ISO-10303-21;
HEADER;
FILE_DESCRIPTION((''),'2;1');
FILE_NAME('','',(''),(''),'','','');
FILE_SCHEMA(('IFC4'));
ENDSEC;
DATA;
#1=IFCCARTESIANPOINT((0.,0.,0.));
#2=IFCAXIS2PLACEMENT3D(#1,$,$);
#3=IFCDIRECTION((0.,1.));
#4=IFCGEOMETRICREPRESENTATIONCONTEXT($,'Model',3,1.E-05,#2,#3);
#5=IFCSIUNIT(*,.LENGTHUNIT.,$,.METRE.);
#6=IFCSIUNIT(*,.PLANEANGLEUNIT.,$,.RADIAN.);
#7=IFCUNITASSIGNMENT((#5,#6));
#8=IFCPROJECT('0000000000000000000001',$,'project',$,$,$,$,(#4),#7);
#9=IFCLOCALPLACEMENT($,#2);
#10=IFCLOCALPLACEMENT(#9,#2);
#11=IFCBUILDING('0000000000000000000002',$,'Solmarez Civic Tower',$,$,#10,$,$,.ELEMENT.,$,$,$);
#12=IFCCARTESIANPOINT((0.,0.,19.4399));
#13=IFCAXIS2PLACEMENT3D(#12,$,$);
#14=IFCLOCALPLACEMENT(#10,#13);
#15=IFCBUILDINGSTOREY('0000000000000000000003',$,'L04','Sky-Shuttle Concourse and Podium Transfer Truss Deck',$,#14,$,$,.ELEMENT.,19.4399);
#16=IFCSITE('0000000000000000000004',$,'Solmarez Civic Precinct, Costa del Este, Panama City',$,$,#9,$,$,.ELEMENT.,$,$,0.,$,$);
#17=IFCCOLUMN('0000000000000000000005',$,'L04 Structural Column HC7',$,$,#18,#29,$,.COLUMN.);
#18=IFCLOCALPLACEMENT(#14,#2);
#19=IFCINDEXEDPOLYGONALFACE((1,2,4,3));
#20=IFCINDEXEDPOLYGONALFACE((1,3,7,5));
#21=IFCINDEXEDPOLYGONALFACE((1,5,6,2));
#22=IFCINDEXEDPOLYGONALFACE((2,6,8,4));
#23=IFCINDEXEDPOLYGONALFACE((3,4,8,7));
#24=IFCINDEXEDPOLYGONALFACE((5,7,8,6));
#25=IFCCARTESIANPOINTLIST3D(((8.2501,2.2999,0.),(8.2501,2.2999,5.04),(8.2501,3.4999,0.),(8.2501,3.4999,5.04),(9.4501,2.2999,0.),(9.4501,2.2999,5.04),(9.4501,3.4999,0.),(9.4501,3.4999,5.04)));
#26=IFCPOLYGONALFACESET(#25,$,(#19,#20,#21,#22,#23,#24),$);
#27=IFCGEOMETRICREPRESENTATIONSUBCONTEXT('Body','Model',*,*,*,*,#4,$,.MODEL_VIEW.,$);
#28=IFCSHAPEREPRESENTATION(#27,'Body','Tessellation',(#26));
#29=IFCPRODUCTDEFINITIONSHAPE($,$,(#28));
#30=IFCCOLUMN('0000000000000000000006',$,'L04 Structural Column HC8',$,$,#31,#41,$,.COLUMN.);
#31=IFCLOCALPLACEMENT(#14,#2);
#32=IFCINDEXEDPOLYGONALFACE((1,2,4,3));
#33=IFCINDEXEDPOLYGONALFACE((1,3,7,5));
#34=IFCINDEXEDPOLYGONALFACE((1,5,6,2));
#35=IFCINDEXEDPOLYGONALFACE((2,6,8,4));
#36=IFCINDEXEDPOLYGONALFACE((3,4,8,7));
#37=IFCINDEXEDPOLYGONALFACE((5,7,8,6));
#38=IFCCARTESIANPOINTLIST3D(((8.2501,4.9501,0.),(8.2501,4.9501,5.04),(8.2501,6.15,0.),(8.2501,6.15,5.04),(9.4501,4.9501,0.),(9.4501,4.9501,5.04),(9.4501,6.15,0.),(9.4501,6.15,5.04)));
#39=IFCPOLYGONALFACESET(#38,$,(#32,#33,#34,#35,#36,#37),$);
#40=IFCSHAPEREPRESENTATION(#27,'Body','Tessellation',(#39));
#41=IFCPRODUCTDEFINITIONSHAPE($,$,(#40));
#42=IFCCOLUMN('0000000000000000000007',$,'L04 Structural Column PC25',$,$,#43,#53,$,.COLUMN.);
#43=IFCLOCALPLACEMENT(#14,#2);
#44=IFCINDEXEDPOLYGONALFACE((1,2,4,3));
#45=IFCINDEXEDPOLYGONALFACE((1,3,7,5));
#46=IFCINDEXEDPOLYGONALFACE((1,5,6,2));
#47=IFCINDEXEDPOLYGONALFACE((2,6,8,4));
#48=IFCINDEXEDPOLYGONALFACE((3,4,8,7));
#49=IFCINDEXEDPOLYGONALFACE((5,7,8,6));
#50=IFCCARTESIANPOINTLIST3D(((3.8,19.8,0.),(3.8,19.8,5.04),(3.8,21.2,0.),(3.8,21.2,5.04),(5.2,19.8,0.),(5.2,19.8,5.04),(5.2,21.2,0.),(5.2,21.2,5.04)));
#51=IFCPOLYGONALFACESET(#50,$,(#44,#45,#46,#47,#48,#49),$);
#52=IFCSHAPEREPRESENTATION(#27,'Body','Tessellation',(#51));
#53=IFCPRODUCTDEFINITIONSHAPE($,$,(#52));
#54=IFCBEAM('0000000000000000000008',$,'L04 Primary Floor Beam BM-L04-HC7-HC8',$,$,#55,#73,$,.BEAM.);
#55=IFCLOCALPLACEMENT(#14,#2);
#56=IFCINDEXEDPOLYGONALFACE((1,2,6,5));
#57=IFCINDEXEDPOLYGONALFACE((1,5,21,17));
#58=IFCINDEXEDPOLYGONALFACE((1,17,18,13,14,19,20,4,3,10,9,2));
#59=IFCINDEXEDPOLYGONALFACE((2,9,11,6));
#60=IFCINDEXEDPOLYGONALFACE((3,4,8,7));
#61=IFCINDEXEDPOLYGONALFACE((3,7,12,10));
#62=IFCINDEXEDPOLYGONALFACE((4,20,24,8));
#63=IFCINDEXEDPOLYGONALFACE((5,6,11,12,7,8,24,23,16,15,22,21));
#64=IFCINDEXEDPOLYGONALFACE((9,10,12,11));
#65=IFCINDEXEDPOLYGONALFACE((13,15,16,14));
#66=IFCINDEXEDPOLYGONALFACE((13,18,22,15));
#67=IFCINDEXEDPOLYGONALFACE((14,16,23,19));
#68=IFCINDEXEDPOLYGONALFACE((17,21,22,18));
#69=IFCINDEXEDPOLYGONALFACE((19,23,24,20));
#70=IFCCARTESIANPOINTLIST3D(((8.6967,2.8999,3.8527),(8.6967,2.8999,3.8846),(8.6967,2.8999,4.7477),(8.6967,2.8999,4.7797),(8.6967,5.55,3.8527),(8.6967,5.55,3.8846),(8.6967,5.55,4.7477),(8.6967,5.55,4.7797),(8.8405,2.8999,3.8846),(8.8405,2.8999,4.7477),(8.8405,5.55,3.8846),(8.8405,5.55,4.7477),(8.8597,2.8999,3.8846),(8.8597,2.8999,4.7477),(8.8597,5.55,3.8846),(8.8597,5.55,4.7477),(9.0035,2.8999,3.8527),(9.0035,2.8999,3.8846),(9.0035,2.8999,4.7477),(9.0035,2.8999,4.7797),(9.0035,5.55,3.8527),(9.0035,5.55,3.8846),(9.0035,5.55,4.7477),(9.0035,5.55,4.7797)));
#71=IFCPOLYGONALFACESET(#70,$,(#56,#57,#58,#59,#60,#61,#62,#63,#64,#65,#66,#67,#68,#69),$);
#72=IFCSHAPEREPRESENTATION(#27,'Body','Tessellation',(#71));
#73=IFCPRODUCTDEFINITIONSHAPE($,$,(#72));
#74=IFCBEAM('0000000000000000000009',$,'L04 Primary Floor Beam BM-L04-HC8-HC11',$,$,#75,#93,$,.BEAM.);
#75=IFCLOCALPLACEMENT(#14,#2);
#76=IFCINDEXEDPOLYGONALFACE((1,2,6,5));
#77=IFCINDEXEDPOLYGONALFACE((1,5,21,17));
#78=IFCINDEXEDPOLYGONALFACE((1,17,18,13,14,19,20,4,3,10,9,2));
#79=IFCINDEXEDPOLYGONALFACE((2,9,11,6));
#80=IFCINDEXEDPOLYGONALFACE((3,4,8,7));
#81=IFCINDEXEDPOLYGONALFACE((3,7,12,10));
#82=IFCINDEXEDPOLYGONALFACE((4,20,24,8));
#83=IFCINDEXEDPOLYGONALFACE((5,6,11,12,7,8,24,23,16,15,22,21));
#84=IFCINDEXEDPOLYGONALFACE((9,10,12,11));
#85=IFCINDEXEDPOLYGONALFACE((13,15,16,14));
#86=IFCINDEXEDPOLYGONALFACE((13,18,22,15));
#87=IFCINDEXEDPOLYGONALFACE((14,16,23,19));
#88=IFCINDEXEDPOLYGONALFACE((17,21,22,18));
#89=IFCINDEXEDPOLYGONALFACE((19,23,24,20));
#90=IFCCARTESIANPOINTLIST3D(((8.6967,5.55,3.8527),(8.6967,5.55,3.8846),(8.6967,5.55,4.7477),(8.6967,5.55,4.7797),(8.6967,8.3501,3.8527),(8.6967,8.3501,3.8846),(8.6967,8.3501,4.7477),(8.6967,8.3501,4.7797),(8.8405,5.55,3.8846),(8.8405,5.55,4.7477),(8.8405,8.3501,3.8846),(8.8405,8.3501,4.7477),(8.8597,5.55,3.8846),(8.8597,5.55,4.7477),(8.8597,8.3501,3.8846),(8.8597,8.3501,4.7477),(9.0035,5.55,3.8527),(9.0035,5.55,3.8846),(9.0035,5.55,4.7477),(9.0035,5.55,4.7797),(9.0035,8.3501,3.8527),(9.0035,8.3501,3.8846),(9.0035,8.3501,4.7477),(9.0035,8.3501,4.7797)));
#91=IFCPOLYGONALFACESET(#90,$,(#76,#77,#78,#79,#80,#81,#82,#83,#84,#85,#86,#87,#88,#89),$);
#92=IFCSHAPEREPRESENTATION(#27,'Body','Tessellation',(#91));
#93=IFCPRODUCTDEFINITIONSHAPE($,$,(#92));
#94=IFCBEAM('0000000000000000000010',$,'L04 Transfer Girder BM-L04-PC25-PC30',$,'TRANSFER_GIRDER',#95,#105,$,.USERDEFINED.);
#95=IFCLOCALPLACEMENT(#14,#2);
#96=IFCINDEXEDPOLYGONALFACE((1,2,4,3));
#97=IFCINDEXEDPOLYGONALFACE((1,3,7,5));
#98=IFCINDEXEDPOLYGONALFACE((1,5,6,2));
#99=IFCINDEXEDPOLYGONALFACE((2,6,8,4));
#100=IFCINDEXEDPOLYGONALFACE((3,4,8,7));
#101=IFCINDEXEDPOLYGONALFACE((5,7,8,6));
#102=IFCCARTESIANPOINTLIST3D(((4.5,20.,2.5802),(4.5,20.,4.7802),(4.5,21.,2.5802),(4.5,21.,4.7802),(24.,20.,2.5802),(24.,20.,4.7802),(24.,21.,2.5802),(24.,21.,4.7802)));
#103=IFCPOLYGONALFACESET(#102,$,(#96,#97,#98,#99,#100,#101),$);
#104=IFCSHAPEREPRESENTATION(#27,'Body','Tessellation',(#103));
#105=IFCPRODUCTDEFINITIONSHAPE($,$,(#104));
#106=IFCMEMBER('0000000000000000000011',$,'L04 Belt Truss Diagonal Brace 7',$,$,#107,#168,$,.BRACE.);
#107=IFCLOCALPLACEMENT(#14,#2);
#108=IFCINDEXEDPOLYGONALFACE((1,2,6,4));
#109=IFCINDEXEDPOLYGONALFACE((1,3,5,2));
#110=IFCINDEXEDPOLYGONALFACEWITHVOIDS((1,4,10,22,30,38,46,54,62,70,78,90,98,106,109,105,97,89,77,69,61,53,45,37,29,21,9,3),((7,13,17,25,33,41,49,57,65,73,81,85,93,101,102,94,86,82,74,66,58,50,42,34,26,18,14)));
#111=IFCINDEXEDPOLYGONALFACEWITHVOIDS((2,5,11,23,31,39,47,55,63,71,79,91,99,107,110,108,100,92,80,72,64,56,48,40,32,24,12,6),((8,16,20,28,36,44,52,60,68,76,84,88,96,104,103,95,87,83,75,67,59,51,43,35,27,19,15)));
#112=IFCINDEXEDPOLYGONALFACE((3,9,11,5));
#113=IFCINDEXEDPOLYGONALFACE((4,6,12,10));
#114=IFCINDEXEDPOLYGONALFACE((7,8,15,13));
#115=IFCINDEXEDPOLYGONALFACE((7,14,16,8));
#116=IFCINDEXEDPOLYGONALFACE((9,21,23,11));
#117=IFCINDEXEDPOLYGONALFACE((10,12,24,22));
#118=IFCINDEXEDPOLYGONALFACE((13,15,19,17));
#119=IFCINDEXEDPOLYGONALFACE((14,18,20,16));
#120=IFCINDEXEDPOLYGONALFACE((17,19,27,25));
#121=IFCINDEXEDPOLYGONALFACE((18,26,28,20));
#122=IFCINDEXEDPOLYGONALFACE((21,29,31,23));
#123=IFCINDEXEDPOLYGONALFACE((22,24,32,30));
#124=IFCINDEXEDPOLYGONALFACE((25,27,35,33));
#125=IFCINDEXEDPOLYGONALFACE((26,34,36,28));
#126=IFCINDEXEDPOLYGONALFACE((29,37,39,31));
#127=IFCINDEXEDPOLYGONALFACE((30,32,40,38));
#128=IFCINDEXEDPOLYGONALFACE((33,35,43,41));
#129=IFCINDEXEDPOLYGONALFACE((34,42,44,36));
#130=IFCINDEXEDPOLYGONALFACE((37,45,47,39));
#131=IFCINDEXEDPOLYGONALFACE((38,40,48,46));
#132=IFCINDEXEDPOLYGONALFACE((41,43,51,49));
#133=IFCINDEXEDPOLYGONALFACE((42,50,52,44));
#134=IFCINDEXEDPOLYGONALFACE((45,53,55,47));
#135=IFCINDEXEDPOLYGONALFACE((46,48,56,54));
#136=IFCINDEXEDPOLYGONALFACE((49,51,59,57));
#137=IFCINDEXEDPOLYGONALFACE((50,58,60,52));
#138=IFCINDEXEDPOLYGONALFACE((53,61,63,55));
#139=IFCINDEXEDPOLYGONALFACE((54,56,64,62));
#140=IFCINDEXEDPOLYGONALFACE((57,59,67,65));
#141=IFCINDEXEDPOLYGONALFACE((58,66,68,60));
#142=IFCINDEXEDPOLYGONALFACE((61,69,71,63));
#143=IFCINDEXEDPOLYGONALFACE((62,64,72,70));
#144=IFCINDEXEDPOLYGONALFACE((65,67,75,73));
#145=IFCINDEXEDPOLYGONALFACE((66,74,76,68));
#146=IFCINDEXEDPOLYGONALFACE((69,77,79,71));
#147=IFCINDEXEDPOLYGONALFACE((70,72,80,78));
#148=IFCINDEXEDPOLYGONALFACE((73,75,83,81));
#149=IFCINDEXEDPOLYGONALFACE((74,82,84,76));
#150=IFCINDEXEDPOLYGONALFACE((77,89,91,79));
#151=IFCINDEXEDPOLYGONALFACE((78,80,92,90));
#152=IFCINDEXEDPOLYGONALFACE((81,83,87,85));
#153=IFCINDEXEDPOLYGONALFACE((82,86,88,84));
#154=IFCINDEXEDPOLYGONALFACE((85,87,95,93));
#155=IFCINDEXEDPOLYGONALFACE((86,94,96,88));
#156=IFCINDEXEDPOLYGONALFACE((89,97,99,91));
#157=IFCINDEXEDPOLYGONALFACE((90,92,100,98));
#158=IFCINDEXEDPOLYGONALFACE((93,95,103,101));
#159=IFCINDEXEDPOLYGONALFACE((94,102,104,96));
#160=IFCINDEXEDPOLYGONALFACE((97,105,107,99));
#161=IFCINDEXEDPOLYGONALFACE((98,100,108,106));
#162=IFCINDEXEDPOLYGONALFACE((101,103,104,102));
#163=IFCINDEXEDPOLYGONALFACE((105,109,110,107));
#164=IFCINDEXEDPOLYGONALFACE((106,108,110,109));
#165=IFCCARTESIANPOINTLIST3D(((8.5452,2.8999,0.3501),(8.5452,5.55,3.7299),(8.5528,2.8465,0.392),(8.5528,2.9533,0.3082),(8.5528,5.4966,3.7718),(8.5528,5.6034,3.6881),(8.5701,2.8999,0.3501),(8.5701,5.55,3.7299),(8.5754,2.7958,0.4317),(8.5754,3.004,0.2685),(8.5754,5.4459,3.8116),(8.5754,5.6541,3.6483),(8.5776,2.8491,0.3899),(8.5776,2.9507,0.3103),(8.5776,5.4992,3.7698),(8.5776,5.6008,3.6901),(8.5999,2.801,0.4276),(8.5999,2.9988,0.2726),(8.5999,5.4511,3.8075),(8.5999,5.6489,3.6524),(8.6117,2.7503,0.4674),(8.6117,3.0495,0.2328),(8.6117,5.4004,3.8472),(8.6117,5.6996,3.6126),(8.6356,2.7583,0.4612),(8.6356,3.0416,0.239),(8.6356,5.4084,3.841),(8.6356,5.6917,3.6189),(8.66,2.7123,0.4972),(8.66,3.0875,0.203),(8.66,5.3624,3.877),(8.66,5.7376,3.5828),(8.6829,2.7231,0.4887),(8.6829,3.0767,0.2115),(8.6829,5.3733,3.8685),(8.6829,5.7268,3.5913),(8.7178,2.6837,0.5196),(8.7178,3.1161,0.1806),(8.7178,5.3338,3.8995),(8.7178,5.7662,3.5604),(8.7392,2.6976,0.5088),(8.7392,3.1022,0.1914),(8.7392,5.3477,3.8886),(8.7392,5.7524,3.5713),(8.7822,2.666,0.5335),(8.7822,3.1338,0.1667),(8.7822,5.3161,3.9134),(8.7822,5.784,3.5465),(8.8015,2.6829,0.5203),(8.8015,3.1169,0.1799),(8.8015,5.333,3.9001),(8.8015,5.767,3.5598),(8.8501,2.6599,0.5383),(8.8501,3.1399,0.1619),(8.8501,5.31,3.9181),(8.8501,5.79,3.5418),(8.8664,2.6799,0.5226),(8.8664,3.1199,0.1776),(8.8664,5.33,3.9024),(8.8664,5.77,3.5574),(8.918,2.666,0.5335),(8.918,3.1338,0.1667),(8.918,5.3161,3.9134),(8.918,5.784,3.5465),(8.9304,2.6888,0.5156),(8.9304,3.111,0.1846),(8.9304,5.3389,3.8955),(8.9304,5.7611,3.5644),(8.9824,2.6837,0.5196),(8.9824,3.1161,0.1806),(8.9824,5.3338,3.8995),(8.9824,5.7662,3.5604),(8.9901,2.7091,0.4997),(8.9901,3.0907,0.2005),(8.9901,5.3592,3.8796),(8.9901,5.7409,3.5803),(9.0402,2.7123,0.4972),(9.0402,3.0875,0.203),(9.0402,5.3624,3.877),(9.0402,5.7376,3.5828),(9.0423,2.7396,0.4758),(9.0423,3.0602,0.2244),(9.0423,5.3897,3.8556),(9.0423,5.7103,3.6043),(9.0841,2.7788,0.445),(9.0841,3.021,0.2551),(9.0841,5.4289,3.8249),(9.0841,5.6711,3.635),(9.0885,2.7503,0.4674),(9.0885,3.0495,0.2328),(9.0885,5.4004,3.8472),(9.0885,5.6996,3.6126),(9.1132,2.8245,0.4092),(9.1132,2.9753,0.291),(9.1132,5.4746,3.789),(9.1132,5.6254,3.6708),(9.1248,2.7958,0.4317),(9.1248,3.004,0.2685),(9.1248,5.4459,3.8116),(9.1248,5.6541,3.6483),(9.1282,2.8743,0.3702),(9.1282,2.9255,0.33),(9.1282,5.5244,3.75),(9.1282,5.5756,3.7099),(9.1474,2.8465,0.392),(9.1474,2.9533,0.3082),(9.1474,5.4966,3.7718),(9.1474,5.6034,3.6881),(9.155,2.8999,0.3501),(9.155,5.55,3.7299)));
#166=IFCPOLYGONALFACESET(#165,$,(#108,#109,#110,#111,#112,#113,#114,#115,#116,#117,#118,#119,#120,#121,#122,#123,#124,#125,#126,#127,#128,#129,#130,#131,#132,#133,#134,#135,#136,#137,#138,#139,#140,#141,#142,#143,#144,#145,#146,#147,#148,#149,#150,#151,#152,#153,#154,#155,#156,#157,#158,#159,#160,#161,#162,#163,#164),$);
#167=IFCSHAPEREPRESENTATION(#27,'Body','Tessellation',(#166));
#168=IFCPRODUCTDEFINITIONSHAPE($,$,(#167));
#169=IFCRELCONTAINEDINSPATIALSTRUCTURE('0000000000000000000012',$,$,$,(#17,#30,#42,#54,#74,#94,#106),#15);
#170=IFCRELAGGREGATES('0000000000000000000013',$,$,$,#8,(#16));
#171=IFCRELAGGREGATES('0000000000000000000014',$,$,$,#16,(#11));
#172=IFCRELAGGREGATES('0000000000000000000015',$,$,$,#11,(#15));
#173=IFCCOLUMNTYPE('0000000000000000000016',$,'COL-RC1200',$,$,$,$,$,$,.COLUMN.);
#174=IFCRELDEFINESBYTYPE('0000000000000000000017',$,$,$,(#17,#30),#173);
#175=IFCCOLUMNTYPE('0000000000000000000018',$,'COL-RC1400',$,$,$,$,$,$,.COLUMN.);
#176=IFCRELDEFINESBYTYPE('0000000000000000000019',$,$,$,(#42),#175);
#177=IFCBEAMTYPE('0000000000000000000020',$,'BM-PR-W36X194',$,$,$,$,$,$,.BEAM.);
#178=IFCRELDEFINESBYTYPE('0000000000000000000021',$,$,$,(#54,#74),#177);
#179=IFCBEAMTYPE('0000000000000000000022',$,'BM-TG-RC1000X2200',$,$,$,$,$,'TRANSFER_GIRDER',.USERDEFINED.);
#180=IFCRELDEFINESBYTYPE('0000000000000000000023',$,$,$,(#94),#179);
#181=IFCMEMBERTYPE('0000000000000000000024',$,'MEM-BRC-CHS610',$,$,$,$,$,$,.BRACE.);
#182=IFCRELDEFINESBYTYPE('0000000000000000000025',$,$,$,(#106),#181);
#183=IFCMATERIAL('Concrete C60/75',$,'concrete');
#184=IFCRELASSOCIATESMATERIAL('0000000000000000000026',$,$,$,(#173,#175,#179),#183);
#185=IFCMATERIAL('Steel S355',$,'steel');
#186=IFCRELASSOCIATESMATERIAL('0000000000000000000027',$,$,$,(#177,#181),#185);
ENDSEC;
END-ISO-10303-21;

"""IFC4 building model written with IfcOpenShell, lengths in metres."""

from ifc_helpers import new_model, si_unit, direction, frame, origin, origin_2d, place, context, subcontext, project, spatial, rectangle, hollow_circle, i_section, extrude, material, material_profile, profile_set, type_object, element, save


model = new_model("IFC4")

# Units and contexts
model_context = context("Model", 3, precision=1e-05, world=origin(), true_north=direction((0.0, 1.0)))
body_context = subcontext(model_context, "Body", "Model", "MODEL_VIEW")
ifc_project = project(units=[si_unit("LENGTHUNIT", "METRE"), si_unit("PLANEANGLEUNIT", "RADIAN")], contexts=[model_context])

# Site, building, storey
site_placement = place(None, origin())
site = spatial("IfcSite", under=ifc_project, at=site_placement, Name="Solmarez Civic Precinct, Costa del Este, Panama City", CompositionType="ELEMENT", RefElevation=0.0)
building_placement = place(site_placement, origin())
building = spatial("IfcBuilding", under=site, at=building_placement, Name="Solmarez Civic Tower", CompositionType="ELEMENT")
storey_placement = place(building_placement, frame((0.0, 0.0, 19.4399)))
storey = spatial("IfcBuildingStorey", under=building, at=storey_placement, Name="L04", Description="Sky-Shuttle Concourse and Podium Transfer Truss Deck", CompositionType="ELEMENT", Elevation=19.4399)

# Columns
ifc_material_1 = material(Name="Concrete C60/75", Category="concrete")
ifc_material_profile_1 = material_profile(ifc_material_1, rectangle(XDim=1.2, YDim=1.2, at=origin_2d()), Name="RC1200X1200")
ifc_profile_set_1 = profile_set([ifc_material_profile_1], Name="Concrete C60/75")
column_type_1 = type_object("IfcColumnType", Name="COL-RC1200", PredefinedType="COLUMN", material=ifc_profile_set_1)
for number, where, z_axis, x_axis, name in (
    (1, (8.8501, 2.8999, 0.0), (0.0, 0.0, 1.0), (1.0, 0.0, 0.0), "L04 Structural Column HC7"),
    (2, (8.8501, 5.55, 0.0), (0.0, 0.0, 1.0), (1.0, 0.0, 0.0), "L04 Structural Column HC8"),
):
    element("IfcColumn", number, at=place(storey_placement, frame(where, z_axis=z_axis, x_axis=x_axis)), inside=storey, type_object=column_type_1, Name=name, PredefinedType="COLUMN", context=body_context, shape_type="SweptSolid", body=[
        extrude(rectangle(XDim=1.2, YDim=1.2, at=origin_2d()), origin(), (0.0, 0.0, 1.0), 5.04),
    ])
ifc_material_profile_2 = material_profile(ifc_material_1, rectangle(XDim=1.3999, YDim=1.3999, at=origin_2d()), Name="RC1400X1400")
ifc_profile_set_2 = profile_set([ifc_material_profile_2], Name="Concrete C60/75")
column_type_2 = type_object("IfcColumnType", Name="COL-RC1400", PredefinedType="COLUMN", material=ifc_profile_set_2)
column_placement = place(storey_placement, frame((4.5, 20.5, 0.0), z_axis=(0.0, 0.0, 1.0), x_axis=(1.0, 0.0, 0.0)))
element("IfcColumn", 3, at=column_placement, inside=storey, type_object=column_type_2, Name="L04 Structural Column PC25", PredefinedType="COLUMN", context=body_context, shape_type="SweptSolid", body=[
    extrude(rectangle(XDim=1.3999, YDim=1.3999, at=origin_2d()), origin(), (0.0, 0.0, 1.0), 5.04),
])

# Beams
ifc_material_2 = material(Name="Steel S355", Category="steel")
ifc_material_profile_3 = material_profile(ifc_material_2, i_section(OverallWidth=0.3069, OverallDepth=0.927, WebThickness=0.0193, FlangeThickness=0.032, at=origin_2d()), Name="W36X194")
ifc_profile_set_3 = profile_set([ifc_material_profile_3], Name="Steel S355")
beam_type_1 = type_object("IfcBeamType", Name="BM-PR-W36X194", PredefinedType="BEAM", material=ifc_profile_set_3)
beam_1_placement = place(storey_placement, frame((8.8501, 2.8999, 4.3162), z_axis=(0.0, 1.0, 0.0), x_axis=(-1.0, 0.0, 0.0)))
element("IfcBeam", 4, at=beam_1_placement, inside=storey, type_object=beam_type_1, Name="L04 Primary Floor Beam BM-L04-HC7-HC8", PredefinedType="BEAM", context=body_context, shape_type="SweptSolid", body=[
    extrude(i_section(OverallWidth=0.3069, OverallDepth=0.927, WebThickness=0.0193, FlangeThickness=0.032, at=origin_2d()), origin(), (0.0, 0.0, 1.0), 2.6501),
])
beam_2_placement = place(storey_placement, frame((8.8501, 5.55, 4.3162), z_axis=(0.0, 1.0, 0.0), x_axis=(-1.0, 0.0, 0.0)))
element("IfcBeam", 5, at=beam_2_placement, inside=storey, type_object=beam_type_1, Name="L04 Primary Floor Beam BM-L04-HC8-HC11", PredefinedType="BEAM", context=body_context, shape_type="SweptSolid", body=[
    extrude(i_section(OverallWidth=0.3069, OverallDepth=0.927, WebThickness=0.0193, FlangeThickness=0.032, at=origin_2d()), origin(), (0.0, 0.0, 1.0), 2.8),
])
ifc_material_profile_4 = material_profile(ifc_material_1, rectangle(XDim=1.0, YDim=2.2, at=origin_2d()), Name="RC1000X2200")
ifc_profile_set_4 = profile_set([ifc_material_profile_4], Name="Concrete C60/75")
beam_type_2 = type_object("IfcBeamType", Name="BM-TG-RC1000X2200", ElementType="TRANSFER_GIRDER", PredefinedType="USERDEFINED", material=ifc_profile_set_4)
beam_3_placement = place(storey_placement, frame((4.5, 20.5, 3.6802), z_axis=(1.0, 0.0, 0.0), x_axis=(0.0, 1.0, 0.0)))
element("IfcBeam", 6, at=beam_3_placement, inside=storey, type_object=beam_type_2, Name="L04 Transfer Girder BM-L04-PC25-PC30", ObjectType="TRANSFER_GIRDER", PredefinedType="USERDEFINED", context=body_context, shape_type="SweptSolid", body=[
    extrude(rectangle(XDim=1.0, YDim=2.2, at=origin_2d()), origin(), (0.0, 0.0, 1.0), 19.5),
])

# Member
ifc_material_profile_5 = material_profile(ifc_material_2, hollow_circle(Radius=0.3049, WallThickness=0.0249, at=origin_2d()), Name="CHS610X25")
ifc_profile_set_5 = profile_set([ifc_material_profile_5], Name="Steel S355")
member_type_1 = type_object("IfcMemberType", Name="MEM-BRC-CHS610", PredefinedType="BRACE", material=ifc_profile_set_5)
member_1_placement = place(storey_placement, frame((8.8501, 2.8999, 0.3501), z_axis=(0.0, 0.617033, 0.786937), x_axis=(-1.0, 0.0, 0.0)))
element("IfcMember", 7, at=member_1_placement, inside=storey, type_object=member_type_1, Name="L04 Belt Truss Diagonal Brace 7", PredefinedType="BRACE", context=body_context, shape_type="SweptSolid", body=[
    extrude(hollow_circle(Radius=0.3049, WallThickness=0.0249, at=origin_2d()), origin(), (0.0, 0.0, 1.0), 4.2949),
])

save(model, "model.ifc")
